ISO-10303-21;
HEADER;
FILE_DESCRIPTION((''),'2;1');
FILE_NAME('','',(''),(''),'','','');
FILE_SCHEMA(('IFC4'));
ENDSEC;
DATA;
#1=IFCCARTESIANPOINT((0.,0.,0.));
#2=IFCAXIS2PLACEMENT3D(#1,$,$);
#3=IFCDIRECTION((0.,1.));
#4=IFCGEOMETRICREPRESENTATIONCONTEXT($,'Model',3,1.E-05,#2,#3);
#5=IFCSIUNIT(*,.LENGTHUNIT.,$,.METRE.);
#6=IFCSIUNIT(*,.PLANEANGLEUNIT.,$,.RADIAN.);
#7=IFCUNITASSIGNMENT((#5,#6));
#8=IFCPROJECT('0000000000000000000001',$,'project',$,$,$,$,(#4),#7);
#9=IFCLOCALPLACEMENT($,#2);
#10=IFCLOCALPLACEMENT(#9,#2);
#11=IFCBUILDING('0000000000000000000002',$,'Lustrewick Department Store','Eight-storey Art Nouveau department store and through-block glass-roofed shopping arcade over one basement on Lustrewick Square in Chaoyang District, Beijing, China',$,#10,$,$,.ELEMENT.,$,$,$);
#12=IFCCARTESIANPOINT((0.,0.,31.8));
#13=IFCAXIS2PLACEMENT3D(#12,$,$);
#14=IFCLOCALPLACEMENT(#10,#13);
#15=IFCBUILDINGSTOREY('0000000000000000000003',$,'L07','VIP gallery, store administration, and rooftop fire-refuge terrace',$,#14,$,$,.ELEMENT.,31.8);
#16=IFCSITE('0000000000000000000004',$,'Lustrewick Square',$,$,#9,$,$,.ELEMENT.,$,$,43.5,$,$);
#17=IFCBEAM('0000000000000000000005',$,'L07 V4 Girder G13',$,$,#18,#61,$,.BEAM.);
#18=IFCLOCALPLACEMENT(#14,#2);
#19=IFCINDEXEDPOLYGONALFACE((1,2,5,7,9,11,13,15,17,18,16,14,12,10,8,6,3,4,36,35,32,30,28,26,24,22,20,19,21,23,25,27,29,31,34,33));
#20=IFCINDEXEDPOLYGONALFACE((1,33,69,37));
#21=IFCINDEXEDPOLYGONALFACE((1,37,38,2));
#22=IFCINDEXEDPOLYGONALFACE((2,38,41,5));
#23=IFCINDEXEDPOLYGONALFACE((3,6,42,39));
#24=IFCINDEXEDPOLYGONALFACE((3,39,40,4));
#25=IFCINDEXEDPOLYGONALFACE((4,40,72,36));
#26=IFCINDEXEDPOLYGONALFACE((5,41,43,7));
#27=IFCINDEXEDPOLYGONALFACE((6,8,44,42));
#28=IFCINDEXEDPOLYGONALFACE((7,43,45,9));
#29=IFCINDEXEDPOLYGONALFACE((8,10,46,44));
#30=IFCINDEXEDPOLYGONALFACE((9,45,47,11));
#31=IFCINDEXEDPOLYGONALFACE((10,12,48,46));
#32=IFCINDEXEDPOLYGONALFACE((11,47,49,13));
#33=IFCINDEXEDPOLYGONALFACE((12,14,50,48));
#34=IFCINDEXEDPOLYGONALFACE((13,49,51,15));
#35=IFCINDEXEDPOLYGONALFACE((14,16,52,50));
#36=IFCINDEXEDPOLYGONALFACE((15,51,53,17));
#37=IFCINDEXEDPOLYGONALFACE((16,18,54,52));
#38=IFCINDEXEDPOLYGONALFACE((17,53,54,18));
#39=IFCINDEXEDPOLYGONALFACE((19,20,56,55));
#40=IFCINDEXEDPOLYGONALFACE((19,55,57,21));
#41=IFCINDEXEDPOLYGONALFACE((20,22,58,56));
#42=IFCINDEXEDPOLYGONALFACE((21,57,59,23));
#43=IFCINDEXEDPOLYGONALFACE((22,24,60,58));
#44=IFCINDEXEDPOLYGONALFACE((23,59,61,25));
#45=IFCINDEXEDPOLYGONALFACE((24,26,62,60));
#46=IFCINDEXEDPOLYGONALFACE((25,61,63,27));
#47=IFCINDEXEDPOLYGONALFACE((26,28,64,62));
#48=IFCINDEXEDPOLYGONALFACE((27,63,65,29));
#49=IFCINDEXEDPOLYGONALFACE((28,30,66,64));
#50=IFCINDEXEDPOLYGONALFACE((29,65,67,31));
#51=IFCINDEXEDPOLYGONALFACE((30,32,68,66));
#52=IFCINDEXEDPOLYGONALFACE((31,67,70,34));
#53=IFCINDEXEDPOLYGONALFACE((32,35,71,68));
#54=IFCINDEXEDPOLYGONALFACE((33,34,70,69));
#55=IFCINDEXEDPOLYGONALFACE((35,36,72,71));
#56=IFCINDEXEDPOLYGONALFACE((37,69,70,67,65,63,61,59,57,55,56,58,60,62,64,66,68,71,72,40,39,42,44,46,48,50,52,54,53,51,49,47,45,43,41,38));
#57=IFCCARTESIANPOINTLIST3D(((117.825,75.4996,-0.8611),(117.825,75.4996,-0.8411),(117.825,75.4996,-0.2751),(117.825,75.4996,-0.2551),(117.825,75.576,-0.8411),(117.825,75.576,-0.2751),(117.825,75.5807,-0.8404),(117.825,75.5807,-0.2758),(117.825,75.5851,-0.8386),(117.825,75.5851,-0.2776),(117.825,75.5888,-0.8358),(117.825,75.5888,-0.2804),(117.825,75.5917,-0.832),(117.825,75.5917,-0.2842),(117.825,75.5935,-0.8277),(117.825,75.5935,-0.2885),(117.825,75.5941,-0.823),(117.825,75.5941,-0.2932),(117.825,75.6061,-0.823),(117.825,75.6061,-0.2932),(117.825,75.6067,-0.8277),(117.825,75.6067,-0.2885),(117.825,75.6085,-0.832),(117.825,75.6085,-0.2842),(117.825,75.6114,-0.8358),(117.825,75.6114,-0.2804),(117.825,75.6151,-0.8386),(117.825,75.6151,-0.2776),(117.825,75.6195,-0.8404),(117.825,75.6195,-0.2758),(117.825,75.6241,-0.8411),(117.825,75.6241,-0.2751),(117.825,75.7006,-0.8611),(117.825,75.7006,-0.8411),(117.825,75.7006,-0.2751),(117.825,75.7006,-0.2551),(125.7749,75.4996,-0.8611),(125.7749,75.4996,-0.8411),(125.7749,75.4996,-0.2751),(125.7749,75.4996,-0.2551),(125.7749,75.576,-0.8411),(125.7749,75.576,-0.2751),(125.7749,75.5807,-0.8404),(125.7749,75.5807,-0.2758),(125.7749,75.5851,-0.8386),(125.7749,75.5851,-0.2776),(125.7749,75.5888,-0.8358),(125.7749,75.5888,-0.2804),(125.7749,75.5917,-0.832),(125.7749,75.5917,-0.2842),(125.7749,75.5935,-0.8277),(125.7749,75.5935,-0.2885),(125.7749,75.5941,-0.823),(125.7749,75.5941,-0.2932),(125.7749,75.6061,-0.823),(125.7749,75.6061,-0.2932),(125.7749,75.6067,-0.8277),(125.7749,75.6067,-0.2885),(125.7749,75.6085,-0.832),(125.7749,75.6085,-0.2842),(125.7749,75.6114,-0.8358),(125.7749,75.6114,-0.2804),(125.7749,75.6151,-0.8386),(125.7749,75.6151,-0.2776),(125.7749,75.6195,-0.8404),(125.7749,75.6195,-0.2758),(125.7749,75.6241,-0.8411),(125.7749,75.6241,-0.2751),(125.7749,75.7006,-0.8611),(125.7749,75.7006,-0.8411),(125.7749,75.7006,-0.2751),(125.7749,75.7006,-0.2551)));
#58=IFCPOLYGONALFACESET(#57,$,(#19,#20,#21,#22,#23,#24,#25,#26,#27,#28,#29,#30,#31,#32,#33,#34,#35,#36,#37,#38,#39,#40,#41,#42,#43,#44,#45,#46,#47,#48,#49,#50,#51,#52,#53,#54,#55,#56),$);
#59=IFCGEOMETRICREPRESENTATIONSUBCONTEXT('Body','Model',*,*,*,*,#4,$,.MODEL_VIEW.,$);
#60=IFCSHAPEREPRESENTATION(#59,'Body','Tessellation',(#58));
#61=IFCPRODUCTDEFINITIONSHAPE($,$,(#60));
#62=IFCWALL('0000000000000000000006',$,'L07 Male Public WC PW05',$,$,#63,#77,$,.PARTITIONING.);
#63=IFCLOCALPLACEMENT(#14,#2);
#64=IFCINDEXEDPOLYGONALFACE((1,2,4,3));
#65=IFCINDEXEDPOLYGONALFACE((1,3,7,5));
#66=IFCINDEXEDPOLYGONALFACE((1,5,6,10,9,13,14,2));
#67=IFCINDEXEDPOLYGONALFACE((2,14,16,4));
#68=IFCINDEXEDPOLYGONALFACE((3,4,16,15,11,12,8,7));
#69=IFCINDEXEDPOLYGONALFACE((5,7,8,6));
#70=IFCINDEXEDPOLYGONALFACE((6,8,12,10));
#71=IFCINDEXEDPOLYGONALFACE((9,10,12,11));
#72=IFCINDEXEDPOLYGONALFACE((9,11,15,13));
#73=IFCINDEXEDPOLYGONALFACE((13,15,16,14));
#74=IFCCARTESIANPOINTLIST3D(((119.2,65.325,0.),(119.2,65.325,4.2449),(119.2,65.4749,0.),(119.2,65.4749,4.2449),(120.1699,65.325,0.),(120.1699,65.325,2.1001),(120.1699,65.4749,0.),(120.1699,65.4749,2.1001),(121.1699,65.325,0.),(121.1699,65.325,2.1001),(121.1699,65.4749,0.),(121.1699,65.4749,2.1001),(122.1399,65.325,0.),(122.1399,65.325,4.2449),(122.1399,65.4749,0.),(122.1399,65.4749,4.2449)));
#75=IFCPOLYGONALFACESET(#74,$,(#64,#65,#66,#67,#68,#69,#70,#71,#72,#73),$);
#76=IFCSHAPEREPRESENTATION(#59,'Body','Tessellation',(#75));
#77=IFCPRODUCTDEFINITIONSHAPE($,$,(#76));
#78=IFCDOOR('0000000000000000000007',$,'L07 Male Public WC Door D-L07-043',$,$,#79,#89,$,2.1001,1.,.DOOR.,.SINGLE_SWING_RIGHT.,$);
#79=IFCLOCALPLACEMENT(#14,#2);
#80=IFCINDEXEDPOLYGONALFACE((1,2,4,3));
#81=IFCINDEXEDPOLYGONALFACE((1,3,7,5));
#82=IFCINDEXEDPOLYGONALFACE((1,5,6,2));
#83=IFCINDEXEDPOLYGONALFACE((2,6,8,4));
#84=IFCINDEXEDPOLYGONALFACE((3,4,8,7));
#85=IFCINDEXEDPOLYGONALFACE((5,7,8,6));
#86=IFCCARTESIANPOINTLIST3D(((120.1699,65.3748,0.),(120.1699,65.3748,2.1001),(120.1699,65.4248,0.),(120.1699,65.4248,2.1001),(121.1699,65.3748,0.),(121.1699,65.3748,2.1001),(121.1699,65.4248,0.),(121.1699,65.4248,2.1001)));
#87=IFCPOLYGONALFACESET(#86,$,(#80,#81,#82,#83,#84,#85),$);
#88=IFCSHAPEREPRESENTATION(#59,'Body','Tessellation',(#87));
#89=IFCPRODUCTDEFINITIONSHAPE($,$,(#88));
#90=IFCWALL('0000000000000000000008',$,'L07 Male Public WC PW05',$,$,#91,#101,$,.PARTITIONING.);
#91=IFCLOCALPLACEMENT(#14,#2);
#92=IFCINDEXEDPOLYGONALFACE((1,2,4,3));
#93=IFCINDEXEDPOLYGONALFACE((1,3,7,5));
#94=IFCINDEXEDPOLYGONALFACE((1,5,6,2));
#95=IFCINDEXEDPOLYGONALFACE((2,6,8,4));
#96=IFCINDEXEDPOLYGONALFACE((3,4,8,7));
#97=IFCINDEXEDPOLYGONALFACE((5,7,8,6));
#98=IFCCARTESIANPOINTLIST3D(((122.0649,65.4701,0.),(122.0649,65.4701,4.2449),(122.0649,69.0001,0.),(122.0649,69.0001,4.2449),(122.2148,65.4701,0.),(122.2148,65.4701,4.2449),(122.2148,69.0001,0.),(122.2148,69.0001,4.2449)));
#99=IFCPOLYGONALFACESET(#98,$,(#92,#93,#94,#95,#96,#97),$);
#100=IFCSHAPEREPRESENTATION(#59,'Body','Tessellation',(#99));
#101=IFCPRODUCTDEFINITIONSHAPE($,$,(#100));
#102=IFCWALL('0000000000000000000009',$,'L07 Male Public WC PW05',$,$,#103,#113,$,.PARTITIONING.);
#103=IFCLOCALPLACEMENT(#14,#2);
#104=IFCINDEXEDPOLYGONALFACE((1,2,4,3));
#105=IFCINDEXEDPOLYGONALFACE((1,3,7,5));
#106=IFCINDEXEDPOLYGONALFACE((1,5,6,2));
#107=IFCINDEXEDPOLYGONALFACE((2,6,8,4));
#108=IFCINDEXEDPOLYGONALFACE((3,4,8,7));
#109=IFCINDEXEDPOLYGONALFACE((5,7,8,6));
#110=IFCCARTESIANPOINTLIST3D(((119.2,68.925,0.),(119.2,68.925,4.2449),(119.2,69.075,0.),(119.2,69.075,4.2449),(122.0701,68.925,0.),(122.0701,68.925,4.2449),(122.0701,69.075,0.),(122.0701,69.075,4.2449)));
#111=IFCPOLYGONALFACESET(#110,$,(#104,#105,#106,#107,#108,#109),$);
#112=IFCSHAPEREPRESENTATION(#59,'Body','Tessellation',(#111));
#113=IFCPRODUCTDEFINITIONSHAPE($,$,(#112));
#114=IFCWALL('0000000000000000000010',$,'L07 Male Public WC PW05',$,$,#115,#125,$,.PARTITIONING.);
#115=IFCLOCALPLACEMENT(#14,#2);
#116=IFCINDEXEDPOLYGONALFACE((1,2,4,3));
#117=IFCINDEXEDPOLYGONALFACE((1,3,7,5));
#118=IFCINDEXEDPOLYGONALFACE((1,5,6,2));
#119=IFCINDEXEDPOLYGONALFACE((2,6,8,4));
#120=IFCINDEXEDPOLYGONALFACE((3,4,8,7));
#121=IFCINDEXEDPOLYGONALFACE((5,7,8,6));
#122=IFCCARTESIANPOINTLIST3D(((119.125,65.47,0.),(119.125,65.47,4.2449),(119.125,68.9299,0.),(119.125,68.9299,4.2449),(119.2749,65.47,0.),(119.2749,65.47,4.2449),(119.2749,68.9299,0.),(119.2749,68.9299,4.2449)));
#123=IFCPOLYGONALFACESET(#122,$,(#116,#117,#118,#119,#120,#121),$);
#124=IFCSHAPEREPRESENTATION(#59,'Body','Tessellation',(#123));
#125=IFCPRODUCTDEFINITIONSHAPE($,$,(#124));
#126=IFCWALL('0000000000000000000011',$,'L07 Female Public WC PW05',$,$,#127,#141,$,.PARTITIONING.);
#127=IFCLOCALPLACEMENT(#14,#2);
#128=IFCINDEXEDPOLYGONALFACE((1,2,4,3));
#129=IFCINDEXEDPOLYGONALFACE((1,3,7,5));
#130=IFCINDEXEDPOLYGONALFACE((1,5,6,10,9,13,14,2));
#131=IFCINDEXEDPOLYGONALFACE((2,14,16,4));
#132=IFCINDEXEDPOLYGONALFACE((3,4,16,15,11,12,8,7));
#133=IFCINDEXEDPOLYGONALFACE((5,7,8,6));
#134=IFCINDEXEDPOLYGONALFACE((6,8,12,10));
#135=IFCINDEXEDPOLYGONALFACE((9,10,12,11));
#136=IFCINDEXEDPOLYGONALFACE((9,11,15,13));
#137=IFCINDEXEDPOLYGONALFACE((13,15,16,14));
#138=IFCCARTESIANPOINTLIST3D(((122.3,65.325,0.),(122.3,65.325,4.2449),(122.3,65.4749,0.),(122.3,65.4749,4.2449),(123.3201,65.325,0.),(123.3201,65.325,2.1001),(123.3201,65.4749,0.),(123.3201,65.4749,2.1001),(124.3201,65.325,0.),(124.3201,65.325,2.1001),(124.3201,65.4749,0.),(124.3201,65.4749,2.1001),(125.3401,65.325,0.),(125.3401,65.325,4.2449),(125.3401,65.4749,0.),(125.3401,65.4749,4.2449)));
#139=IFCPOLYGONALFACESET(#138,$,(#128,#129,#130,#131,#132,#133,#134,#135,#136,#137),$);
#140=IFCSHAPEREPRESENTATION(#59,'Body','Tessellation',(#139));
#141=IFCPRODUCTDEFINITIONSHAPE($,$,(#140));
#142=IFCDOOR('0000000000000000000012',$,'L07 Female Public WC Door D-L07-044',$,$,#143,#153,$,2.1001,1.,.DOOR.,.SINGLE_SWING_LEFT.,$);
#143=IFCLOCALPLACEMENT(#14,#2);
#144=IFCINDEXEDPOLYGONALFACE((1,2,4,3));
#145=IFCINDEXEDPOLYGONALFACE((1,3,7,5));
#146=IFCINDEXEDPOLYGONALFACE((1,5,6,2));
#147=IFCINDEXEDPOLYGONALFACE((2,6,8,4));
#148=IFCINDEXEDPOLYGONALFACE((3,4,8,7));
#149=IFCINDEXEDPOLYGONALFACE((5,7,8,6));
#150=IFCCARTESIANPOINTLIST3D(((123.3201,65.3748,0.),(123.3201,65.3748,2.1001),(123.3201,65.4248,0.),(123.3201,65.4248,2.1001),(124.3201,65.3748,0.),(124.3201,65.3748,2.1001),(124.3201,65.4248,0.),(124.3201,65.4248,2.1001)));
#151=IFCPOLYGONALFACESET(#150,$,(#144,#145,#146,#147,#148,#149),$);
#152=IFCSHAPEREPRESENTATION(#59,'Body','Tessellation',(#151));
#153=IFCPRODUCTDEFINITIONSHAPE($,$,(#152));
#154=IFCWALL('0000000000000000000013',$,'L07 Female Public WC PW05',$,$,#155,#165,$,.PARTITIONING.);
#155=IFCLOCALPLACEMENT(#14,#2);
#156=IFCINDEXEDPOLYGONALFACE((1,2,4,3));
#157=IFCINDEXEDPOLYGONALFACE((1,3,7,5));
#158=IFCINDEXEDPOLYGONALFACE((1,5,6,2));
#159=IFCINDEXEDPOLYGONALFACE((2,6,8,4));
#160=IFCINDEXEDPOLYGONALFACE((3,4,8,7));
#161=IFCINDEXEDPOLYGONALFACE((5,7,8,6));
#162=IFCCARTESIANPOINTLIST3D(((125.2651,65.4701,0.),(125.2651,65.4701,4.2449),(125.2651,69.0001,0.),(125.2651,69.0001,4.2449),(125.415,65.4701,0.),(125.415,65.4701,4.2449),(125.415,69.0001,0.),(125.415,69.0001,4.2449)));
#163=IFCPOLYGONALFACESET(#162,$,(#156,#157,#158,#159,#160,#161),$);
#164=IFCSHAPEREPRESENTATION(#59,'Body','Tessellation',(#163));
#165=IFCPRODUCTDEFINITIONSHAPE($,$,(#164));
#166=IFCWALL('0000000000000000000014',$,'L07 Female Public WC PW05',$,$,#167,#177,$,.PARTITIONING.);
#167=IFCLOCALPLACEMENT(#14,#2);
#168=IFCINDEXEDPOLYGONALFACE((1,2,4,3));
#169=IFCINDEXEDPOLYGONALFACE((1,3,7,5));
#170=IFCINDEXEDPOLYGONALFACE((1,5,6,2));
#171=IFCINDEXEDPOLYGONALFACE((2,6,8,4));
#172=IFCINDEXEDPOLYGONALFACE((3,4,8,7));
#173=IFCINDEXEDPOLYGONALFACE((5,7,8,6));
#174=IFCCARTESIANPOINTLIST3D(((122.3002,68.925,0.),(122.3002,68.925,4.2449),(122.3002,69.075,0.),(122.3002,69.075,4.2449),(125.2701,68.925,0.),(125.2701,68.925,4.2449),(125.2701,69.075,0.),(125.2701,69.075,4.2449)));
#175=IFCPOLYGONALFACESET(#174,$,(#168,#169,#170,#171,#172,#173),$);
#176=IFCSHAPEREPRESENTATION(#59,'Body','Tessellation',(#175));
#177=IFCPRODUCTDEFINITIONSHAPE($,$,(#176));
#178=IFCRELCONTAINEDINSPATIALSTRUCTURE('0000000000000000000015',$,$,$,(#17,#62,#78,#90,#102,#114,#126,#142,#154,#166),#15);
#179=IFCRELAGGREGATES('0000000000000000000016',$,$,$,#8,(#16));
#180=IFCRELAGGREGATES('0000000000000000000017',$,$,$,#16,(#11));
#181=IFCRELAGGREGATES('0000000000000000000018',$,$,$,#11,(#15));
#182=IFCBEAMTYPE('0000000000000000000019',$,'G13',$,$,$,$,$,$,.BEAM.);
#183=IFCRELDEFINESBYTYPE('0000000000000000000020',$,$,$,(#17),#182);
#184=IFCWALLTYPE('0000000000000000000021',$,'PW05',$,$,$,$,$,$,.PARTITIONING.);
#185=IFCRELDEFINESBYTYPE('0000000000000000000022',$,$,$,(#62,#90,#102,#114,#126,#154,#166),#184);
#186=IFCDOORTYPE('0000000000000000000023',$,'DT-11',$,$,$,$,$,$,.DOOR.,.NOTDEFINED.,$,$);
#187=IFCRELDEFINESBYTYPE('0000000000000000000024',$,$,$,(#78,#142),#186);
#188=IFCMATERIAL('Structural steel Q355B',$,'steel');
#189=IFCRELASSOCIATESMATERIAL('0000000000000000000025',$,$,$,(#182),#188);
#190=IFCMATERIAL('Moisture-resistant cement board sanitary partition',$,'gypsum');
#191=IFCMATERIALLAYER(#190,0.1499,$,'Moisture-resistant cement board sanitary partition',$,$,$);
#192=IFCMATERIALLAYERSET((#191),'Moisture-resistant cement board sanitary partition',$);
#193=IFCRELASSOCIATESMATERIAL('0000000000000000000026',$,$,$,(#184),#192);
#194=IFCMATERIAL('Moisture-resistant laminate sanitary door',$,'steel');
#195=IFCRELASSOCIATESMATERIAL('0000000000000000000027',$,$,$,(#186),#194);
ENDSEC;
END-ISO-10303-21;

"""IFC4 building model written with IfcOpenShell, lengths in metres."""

from ifc_helpers import new_model, si_unit, direction, frame, frame_2d, origin, origin_2d, place, context, subcontext, project, spatial, rectangle, i_section, extrude, material, layer, layer_set, material_profile, profile_set, type_object, element, fill, save


model = new_model("IFC4")

# Units and contexts
model_context = context("Model", 3, precision=1e-05, world=origin(), true_north=direction((0.0, 1.0)))
body_context = subcontext(model_context, "Body", "Model", "MODEL_VIEW")
ifc_project = project(units=[si_unit("LENGTHUNIT", "METRE"), si_unit("PLANEANGLEUNIT", "RADIAN")], contexts=[model_context])

# Site, building, storey
site_placement = place(None, origin())
site = spatial("IfcSite", under=ifc_project, at=site_placement, Name="Lustrewick Square", CompositionType="ELEMENT", RefElevation=43.5)
building_placement = place(site_placement, origin())
building = spatial("IfcBuilding", under=site, at=building_placement, Name="Lustrewick Department Store", Description="Eight-storey Art Nouveau department store and through-block glass-roofed shopping arcade over one basement on Lustrewick Square in Chaoyang District, Beijing, China", CompositionType="ELEMENT")
storey_placement = place(building_placement, frame((0.0, 0.0, 31.8)))
storey = spatial("IfcBuildingStorey", under=building, at=storey_placement, Name="L07", Description="VIP gallery, store administration, and rooftop fire-refuge terrace", CompositionType="ELEMENT", Elevation=31.8)

# Shared definitions
ifc_material_1 = material(Name="Structural steel Q355B", Category="steel")

# Beam
ifc_material_profile_1 = material_profile(ifc_material_1, i_section(OverallWidth=0.2009, OverallDepth=0.606, WebThickness=0.012, FlangeThickness=0.02, FilletRadius=0.0181, at=origin_2d()), Name="HN 606x201x12x20")
ifc_profile_set_1 = profile_set([ifc_material_profile_1], Name="Structural steel Q355B")
beam_type_1 = type_object("IfcBeamType", Name="G13", PredefinedType="BEAM", material=ifc_profile_set_1)
beam_1_placement = place(storey_placement, frame((117.825, 75.6001, -0.5581), z_axis=(1.0, 0.0, 0.0), x_axis=(0.0, 1.0, 0.0)))
element("IfcBeam", 1, at=beam_1_placement, inside=storey, type_object=beam_type_1, Name="L07 V4 Girder G13", PredefinedType="BEAM", context=body_context, shape_type="SweptSolid", body=[
    extrude(i_section(OverallWidth=0.2009, OverallDepth=0.606, WebThickness=0.012, FlangeThickness=0.02, FilletRadius=0.0181, at=origin_2d()), origin(), (0.0, 0.0, 1.0), 7.95),
])

# Wall, opening, door
ifc_material_2 = material(Name="Moisture-resistant cement board sanitary partition", Category="gypsum")
ifc_layer_1 = layer(ifc_material_2, 0.1499, Name="Moisture-resistant cement board sanitary partition")
ifc_layer_set_1 = layer_set([ifc_layer_1], Name="Moisture-resistant cement board sanitary partition")
wall_type_1 = type_object("IfcWallType", Name="PW05", PredefinedType="PARTITIONING", material=ifc_layer_set_1)
wall_1_placement = place(storey_placement, frame((119.2, 65.3999, 0.0), z_axis=(0.0, 0.0, 1.0), x_axis=(1.0, 0.0, 0.0)))
wall_1 = element("IfcWall", 2, at=wall_1_placement, inside=storey, type_object=wall_type_1, Name="L07 Male Public WC PW05", PredefinedType="PARTITIONING", context=body_context, shape_type="SweptSolid", body=[
    extrude(rectangle(XDim=2.9399, YDim=0.1499, at=frame_2d((1.47, 0.0))), origin(), (0.0, 0.0, 1.0), 4.2449),
])
opening_1_placement = place(wall_1_placement, frame((0.97, 0.0, 0.0)))
opening_1 = element("IfcOpeningElement", 3, at=opening_1_placement, cuts=wall_1, PredefinedType="OPENING", context=body_context, shape_type="SweptSolid", body=[
    extrude(rectangle(XDim=1.0, YDim=2.1001, at=frame_2d((0.5, 1.05))), frame((0.0, 0.085, 0.0), z_axis=(0.0, -1.0, 0.0), x_axis=(1.0, 0.0, 0.0)), (0.0, 0.0, 1.0), 0.1699),
])
ifc_material_3 = material(Name="Moisture-resistant laminate sanitary door", Category="steel")
door_type_1 = type_object("IfcDoorType", Name="DT-11", OperationType="NOTDEFINED", PredefinedType="DOOR", material=ifc_material_3)
door_1_placement = place(opening_1_placement, origin())
door_1 = element("IfcDoor", 4, at=door_1_placement, inside=storey, type_object=door_type_1, Name="L07 Male Public WC Door D-L07-043", OperationType="SINGLE_SWING_RIGHT", OverallHeight=2.1001, OverallWidth=1.0, PredefinedType="DOOR", context=body_context, shape_type="SweptSolid", body=[
    extrude(rectangle(XDim=1.0, YDim=2.1001, at=frame_2d((0.5, 1.05))), frame((0.0, 0.0249, 0.0), z_axis=(0.0, -1.0, 0.0), x_axis=(1.0, 0.0, 0.0)), (0.0, 0.0, 1.0), 0.05),
])
fill(opening_1, door_1)

# Walls
wall_2_placement = place(storey_placement, frame((122.1399, 65.47, 0.0), z_axis=(0.0, 0.0, 1.0), x_axis=(0.0, 1.0, 0.0)))
element("IfcWall", 5, at=wall_2_placement, inside=storey, type_object=wall_type_1, Name="L07 Male Public WC PW05", PredefinedType="PARTITIONING", context=body_context, shape_type="SweptSolid", body=[
    extrude(rectangle(XDim=3.53, YDim=0.1499, at=frame_2d((1.7651, 0.0))), origin(), (0.0, 0.0, 1.0), 4.2449),
])
wall_3_placement = place(storey_placement, frame((122.0701, 69.0, 0.0), z_axis=(0.0, 0.0, 1.0), x_axis=(-1.0, 0.0, 0.0)))
element("IfcWall", 6, at=wall_3_placement, inside=storey, type_object=wall_type_1, Name="L07 Male Public WC PW05", PredefinedType="PARTITIONING", context=body_context, shape_type="SweptSolid", body=[
    extrude(rectangle(XDim=2.8701, YDim=0.1499, at=frame_2d((1.4351, 0.0))), origin(), (0.0, 0.0, 1.0), 4.2449),
])
wall_4_placement = place(storey_placement, frame((119.2, 68.9299, 0.0), z_axis=(0.0, 0.0, 1.0), x_axis=(0.0, -1.0, 0.0)))
element("IfcWall", 7, at=wall_4_placement, inside=storey, type_object=wall_type_1, Name="L07 Male Public WC PW05", PredefinedType="PARTITIONING", context=body_context, shape_type="SweptSolid", body=[
    extrude(rectangle(XDim=3.46, YDim=0.1499, at=frame_2d((1.73, 0.0))), origin(), (0.0, 0.0, 1.0), 4.2449),
])

# Wall, opening, door
wall_5_placement = place(storey_placement, frame((122.3, 65.3999, 0.0), z_axis=(0.0, 0.0, 1.0), x_axis=(1.0, 0.0, 0.0)))
wall_5 = element("IfcWall", 8, at=wall_5_placement, inside=storey, type_object=wall_type_1, Name="L07 Female Public WC PW05", PredefinedType="PARTITIONING", context=body_context, shape_type="SweptSolid", body=[
    extrude(rectangle(XDim=3.04, YDim=0.1499, at=frame_2d((1.52, 0.0))), origin(), (0.0, 0.0, 1.0), 4.2449),
])
opening_2_placement = place(wall_5_placement, frame((1.02, 0.0, 0.0)))
opening_2 = element("IfcOpeningElement", 9, at=opening_2_placement, cuts=wall_5, PredefinedType="OPENING", context=body_context, shape_type="SweptSolid", body=[
    extrude(rectangle(XDim=1.0, YDim=2.1001, at=frame_2d((0.5, 1.05))), frame((0.0, 0.085, 0.0), z_axis=(0.0, -1.0, 0.0), x_axis=(1.0, 0.0, 0.0)), (0.0, 0.0, 1.0), 0.1699),
])
door_2_placement = place(opening_2_placement, origin())
door_2 = element("IfcDoor", 10, at=door_2_placement, inside=storey, type_object=door_type_1, Name="L07 Female Public WC Door D-L07-044", OperationType="SINGLE_SWING_LEFT", OverallHeight=2.1001, OverallWidth=1.0, PredefinedType="DOOR", context=body_context, shape_type="SweptSolid", body=[
    extrude(rectangle(XDim=1.0, YDim=2.1001, at=frame_2d((0.5, 1.05))), frame((0.0, 0.0249, 0.0), z_axis=(0.0, -1.0, 0.0), x_axis=(1.0, 0.0, 0.0)), (0.0, 0.0, 1.0), 0.05),
])
fill(opening_2, door_2)

# Walls
wall_6_placement = place(storey_placement, frame((125.3401, 65.47, 0.0), z_axis=(0.0, 0.0, 1.0), x_axis=(0.0, 1.0, 0.0)))
element("IfcWall", 11, at=wall_6_placement, inside=storey, type_object=wall_type_1, Name="L07 Female Public WC PW05", PredefinedType="PARTITIONING", context=body_context, shape_type="SweptSolid", body=[
    extrude(rectangle(XDim=3.53, YDim=0.1499, at=frame_2d((1.7651, 0.0))), origin(), (0.0, 0.0, 1.0), 4.2449),
])
wall_7_placement = place(storey_placement, frame((125.27, 69.0, 0.0), z_axis=(0.0, 0.0, 1.0), x_axis=(-1.0, 0.0, 0.0)))
element("IfcWall", 12, at=wall_7_placement, inside=storey, type_object=wall_type_1, Name="L07 Female Public WC PW05", PredefinedType="PARTITIONING", context=body_context, shape_type="SweptSolid", body=[
    extrude(rectangle(XDim=2.97, YDim=0.1499, at=frame_2d((1.4849, 0.0))), origin(), (0.0, 0.0, 1.0), 4.2449),
])

save(model, "model.ifc")
